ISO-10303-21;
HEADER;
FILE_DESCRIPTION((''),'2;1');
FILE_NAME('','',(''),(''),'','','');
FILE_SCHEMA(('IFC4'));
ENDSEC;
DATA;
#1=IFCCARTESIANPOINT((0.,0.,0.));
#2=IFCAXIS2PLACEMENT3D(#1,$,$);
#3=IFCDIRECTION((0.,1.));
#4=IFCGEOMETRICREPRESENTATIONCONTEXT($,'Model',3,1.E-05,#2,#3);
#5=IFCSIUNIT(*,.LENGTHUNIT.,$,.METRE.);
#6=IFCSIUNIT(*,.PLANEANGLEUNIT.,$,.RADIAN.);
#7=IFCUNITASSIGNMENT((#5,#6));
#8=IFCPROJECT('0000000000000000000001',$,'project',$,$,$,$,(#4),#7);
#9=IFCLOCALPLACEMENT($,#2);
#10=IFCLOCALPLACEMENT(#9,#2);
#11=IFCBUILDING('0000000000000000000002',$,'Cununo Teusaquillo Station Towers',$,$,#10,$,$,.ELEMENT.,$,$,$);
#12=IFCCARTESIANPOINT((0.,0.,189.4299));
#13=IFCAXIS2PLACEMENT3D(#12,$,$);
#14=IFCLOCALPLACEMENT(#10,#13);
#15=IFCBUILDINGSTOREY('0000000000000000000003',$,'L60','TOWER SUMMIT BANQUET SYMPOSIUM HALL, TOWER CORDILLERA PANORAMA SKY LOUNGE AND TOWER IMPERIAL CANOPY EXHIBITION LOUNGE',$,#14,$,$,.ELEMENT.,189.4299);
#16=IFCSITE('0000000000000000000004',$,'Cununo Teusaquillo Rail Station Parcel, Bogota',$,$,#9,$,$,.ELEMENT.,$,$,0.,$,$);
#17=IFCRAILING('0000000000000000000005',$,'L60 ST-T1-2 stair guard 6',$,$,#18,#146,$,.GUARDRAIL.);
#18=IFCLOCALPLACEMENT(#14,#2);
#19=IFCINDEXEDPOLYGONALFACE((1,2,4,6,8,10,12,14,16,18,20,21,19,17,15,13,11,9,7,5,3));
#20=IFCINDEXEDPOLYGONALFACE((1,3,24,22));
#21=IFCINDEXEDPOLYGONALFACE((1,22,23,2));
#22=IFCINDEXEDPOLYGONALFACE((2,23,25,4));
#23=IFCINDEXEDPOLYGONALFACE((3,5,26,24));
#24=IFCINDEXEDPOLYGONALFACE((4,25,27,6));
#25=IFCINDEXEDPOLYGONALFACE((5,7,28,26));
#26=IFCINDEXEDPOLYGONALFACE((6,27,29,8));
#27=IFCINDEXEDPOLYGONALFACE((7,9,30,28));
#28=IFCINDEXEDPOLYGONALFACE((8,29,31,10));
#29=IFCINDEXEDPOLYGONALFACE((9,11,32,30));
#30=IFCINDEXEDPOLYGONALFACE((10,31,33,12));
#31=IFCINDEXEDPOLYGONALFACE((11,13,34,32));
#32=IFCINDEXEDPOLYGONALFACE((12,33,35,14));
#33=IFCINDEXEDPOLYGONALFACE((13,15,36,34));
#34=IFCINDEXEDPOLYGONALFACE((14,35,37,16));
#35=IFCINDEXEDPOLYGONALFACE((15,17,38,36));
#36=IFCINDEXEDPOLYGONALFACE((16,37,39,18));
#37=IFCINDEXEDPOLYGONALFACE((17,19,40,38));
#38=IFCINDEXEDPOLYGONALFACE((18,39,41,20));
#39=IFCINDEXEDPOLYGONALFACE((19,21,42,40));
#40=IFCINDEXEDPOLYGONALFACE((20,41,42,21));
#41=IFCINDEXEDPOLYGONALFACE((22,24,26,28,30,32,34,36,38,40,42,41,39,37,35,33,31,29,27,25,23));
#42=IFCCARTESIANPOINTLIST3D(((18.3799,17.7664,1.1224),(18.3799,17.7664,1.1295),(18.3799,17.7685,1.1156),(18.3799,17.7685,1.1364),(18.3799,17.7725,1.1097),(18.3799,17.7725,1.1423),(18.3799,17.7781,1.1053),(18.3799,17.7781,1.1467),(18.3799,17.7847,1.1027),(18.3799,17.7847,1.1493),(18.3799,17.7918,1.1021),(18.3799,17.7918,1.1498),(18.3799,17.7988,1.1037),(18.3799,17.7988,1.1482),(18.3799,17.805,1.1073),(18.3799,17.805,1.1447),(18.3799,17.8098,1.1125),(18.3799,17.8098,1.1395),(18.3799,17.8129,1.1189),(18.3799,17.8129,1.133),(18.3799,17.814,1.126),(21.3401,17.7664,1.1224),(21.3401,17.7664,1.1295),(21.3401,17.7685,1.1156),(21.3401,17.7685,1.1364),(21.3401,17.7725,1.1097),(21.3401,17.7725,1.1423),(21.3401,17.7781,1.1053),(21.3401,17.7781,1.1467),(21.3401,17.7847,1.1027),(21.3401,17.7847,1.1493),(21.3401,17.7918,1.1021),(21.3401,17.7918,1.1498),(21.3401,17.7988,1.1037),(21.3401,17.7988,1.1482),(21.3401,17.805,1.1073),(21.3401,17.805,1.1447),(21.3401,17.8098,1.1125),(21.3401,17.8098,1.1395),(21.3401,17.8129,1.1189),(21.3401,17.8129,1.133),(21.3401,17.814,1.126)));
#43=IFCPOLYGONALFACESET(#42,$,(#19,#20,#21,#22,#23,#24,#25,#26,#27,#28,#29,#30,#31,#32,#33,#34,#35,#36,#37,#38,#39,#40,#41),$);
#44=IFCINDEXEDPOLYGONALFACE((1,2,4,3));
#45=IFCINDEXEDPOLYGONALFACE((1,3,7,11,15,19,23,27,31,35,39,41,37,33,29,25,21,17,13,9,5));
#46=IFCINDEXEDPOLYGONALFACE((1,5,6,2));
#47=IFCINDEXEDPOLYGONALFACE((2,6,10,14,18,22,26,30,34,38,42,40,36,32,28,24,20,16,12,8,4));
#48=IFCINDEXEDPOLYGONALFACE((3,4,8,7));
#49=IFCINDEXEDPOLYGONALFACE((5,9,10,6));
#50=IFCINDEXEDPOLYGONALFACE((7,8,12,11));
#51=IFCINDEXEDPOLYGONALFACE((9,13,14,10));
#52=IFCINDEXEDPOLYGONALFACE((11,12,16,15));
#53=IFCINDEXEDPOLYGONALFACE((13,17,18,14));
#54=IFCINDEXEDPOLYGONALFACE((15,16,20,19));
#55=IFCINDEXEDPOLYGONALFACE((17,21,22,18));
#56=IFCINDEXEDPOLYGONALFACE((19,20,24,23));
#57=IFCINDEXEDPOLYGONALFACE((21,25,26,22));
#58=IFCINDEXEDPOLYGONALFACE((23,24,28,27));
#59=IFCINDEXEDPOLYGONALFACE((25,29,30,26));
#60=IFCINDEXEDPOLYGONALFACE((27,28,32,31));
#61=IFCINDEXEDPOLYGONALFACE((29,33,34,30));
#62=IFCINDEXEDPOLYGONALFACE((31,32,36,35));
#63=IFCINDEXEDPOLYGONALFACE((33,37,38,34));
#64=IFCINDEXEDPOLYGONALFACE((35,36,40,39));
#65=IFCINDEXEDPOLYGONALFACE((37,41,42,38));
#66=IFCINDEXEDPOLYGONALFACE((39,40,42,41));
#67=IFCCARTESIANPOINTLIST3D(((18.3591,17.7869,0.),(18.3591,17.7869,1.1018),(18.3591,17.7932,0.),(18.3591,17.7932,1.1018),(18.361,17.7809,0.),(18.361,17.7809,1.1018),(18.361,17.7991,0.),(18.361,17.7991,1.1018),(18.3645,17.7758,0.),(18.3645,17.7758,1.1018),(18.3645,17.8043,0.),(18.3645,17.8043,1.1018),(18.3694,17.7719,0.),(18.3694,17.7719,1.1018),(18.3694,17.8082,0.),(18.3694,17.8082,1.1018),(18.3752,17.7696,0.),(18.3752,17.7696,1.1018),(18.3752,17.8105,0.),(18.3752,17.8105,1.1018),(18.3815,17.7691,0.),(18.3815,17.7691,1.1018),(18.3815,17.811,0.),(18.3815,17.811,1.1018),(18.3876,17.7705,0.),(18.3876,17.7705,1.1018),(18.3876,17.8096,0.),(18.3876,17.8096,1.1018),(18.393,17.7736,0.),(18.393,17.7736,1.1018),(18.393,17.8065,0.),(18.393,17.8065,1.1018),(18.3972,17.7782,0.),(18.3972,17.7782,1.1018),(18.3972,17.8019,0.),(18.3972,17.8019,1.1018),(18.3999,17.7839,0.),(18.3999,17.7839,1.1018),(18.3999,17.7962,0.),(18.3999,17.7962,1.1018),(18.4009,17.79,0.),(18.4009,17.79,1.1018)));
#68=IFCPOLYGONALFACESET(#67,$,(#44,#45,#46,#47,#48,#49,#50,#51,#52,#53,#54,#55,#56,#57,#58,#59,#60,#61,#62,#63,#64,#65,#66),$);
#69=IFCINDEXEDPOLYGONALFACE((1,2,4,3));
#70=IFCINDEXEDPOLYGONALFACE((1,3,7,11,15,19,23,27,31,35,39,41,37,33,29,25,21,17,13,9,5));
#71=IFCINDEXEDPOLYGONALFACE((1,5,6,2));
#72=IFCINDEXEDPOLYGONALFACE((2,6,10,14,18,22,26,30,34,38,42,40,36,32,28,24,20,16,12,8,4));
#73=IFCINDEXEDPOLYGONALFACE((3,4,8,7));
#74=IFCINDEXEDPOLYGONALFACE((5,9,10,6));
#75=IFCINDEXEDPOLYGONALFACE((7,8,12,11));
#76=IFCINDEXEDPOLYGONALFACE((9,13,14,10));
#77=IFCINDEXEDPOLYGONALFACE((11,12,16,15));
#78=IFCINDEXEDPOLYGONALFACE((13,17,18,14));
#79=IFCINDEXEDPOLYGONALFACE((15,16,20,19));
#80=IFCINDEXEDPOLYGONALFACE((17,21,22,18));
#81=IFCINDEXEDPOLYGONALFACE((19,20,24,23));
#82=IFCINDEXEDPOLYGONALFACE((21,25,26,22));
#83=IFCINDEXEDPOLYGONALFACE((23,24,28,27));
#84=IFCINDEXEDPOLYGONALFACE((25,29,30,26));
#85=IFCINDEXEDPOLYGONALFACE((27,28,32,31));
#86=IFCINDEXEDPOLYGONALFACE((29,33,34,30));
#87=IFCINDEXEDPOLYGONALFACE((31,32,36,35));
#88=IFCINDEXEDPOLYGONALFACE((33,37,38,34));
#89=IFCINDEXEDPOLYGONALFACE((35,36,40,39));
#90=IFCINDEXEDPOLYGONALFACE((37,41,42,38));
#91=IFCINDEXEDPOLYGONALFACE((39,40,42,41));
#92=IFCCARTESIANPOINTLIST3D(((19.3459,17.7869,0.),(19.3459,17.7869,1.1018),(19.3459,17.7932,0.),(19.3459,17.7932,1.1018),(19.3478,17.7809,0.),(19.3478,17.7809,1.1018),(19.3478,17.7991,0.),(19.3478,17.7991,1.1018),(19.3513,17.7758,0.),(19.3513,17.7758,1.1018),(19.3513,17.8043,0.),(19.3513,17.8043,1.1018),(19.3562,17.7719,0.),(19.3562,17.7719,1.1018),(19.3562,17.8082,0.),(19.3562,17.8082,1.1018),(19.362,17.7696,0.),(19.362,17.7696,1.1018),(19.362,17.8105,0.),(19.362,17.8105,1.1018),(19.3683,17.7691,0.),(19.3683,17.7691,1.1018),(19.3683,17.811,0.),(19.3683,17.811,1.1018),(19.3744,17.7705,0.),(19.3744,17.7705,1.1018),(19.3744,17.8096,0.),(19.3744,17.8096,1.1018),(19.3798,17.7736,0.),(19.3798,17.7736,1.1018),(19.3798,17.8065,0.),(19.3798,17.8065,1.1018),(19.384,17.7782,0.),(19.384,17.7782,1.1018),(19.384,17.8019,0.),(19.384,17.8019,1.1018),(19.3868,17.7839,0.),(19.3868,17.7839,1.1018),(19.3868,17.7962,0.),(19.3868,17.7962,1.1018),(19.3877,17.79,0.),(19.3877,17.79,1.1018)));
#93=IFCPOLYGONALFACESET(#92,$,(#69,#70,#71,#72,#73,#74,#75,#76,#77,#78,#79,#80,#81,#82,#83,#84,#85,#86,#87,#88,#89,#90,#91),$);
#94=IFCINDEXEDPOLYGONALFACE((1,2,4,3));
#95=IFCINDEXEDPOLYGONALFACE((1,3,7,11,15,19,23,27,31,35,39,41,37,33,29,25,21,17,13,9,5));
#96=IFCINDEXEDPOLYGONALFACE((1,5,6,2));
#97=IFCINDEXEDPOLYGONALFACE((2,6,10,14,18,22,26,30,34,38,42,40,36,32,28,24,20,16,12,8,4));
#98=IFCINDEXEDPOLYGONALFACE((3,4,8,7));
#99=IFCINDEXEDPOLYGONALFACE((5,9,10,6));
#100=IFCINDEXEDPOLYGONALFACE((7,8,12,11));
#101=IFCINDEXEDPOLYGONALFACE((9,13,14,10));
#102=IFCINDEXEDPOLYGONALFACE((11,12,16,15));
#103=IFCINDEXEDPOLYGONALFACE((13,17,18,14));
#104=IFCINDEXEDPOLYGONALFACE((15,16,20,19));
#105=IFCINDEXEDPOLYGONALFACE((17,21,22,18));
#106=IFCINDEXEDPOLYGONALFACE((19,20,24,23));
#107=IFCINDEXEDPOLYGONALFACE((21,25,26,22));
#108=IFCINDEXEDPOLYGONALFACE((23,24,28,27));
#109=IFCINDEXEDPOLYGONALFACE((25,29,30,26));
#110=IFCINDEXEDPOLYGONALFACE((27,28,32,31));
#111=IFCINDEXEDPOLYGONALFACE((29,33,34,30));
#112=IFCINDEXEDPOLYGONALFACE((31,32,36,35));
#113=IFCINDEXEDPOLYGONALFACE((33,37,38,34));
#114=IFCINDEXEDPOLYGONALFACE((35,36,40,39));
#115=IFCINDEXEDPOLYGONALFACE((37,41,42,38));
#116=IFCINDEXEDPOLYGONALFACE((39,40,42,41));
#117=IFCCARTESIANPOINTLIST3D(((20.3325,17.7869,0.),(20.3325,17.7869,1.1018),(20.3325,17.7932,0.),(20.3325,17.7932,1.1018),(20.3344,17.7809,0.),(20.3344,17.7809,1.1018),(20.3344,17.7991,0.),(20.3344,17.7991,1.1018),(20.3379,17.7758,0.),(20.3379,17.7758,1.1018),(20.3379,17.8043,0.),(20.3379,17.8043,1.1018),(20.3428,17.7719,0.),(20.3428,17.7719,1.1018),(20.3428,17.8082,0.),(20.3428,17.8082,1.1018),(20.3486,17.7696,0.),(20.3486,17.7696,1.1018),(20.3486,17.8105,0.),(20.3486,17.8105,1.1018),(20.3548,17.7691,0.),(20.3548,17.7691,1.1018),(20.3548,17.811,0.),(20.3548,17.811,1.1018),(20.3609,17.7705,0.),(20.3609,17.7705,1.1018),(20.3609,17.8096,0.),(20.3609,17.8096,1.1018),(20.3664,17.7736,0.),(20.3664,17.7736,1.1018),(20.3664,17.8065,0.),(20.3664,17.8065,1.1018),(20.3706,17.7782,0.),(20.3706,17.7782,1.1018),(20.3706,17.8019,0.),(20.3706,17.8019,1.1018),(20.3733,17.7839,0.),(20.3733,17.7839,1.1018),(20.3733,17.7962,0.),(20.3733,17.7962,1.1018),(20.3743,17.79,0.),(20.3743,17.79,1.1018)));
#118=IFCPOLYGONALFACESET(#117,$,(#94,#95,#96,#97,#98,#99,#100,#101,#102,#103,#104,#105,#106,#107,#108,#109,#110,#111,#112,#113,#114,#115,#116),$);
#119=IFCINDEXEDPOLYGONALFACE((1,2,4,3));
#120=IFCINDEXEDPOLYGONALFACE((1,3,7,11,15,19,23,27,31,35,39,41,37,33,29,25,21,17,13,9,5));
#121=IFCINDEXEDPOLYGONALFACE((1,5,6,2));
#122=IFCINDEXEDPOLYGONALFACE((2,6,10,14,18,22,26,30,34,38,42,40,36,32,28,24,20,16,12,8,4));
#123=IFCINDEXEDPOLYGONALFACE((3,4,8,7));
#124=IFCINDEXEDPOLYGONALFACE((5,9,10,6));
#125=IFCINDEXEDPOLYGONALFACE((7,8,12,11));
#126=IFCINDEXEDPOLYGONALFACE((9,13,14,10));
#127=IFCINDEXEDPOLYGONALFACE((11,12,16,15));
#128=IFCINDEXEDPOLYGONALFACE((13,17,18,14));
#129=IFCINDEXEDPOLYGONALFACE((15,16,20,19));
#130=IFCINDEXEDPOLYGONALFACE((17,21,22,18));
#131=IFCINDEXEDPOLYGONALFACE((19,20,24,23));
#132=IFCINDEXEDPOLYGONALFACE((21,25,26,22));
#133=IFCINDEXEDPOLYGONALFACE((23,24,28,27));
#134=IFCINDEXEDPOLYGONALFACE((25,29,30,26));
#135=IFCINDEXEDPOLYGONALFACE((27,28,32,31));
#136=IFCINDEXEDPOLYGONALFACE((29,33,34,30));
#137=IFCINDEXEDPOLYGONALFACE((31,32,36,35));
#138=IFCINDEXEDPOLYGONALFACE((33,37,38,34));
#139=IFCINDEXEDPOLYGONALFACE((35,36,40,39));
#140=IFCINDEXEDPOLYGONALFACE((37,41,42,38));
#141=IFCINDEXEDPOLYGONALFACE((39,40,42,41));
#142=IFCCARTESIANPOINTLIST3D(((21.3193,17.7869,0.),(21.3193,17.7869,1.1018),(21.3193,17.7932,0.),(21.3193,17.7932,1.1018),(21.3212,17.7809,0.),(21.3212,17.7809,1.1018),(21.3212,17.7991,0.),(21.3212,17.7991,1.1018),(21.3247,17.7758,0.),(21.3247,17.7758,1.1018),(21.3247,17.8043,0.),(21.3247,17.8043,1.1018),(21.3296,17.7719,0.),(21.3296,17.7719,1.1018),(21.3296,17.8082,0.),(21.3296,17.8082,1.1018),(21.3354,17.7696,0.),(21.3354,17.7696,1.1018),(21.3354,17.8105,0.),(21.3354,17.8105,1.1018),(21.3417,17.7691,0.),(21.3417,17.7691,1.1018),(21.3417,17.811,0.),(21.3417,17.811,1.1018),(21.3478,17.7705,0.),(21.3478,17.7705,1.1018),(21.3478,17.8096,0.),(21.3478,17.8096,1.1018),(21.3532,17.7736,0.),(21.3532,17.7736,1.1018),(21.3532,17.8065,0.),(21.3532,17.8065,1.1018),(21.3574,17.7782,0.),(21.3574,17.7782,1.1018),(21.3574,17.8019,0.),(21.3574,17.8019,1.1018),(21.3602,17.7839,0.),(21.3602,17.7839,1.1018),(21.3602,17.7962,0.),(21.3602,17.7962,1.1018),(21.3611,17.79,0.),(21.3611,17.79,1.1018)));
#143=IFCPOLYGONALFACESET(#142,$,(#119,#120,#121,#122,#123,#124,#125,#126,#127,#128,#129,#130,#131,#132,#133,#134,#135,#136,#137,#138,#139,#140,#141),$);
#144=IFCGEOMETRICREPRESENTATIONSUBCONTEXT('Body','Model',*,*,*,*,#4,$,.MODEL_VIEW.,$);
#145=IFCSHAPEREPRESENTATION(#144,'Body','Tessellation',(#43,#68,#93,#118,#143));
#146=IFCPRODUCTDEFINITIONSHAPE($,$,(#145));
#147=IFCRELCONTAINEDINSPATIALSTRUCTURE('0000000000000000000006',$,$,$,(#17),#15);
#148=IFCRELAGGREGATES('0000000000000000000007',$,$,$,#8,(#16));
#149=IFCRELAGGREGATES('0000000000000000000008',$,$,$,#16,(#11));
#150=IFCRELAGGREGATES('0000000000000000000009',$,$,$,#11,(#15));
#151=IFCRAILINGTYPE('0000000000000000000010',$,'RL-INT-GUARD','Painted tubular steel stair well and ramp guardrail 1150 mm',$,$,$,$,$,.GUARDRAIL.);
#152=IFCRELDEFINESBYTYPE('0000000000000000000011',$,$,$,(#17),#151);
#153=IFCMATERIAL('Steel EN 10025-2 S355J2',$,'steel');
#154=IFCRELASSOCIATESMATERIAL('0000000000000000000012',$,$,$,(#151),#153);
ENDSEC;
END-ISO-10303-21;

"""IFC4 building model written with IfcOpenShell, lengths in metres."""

from ifc_helpers import new_model, si_unit, direction, frame, origin, origin_2d, place, context, subcontext, project, spatial, circle, extrude, material, type_object, element, save


model = new_model("IFC4")

# Units and contexts
model_context = context("Model", 3, precision=1e-05, world=origin(), true_north=direction((0.0, 1.0)))
body_context = subcontext(model_context, "Body", "Model", "MODEL_VIEW")
ifc_project = project(units=[si_unit("LENGTHUNIT", "METRE"), si_unit("PLANEANGLEUNIT", "RADIAN")], contexts=[model_context])

# Site, building, storey
site_placement = place(None, origin())
site = spatial("IfcSite", under=ifc_project, at=site_placement, Name="Cununo Teusaquillo Rail Station Parcel, Bogota", CompositionType="ELEMENT", RefElevation=0.0)
building_placement = place(site_placement, origin())
building = spatial("IfcBuilding", under=site, at=building_placement, Name="Cununo Teusaquillo Station Towers", CompositionType="ELEMENT")
storey_placement = place(building_placement, frame((0.0, 0.0, 189.4299)))
storey = spatial("IfcBuildingStorey", under=building, at=storey_placement, Name="L60", Description="TOWER SUMMIT BANQUET SYMPOSIUM HALL, TOWER CORDILLERA PANORAMA SKY LOUNGE AND TOWER IMPERIAL CANOPY EXHIBITION LOUNGE", CompositionType="ELEMENT", Elevation=189.4299)

# Railing
ifc_material_1 = material(Name="Steel EN 10025-2 S355J2", Category="steel")
railing_type_1 = type_object("IfcRailingType", Name="RL-INT-GUARD", Description="Painted tubular steel stair well and ramp guardrail 1150 mm", PredefinedType="GUARDRAIL", material=ifc_material_1)
railing_1_placement = place(storey_placement, frame((18.3799, 17.79, 0.0)))
element("IfcRailing", 1, at=railing_1_placement, inside=storey, type_object=railing_type_1, Name="L60 ST-T1-2 stair guard 6", PredefinedType="GUARDRAIL", context=body_context, shape_type="SweptSolid", body=[
    extrude(circle(Radius=0.0239, at=origin_2d()), frame((0.0, 0.0, 1.126), z_axis=(1.0, 0.0, 0.0), x_axis=(0.0, 1.0, 0.0)), (0.0, 0.0, 1.0), 2.9602),
    extrude(circle(Radius=0.021, at=origin_2d()), origin(), (0.0, 0.0, 1.0), 1.1018),
    extrude(circle(Radius=0.021, at=origin_2d()), frame((0.9868, 0.0, 0.0)), (0.0, 0.0, 1.0), 1.1018),
    extrude(circle(Radius=0.021, at=origin_2d()), frame((1.9734, 0.0, 0.0)), (0.0, 0.0, 1.0), 1.1018),
    extrude(circle(Radius=0.021, at=origin_2d()), frame((2.9602, 0.0, 0.0)), (0.0, 0.0, 1.0), 1.1018),
])

save(model, "model.ifc")
